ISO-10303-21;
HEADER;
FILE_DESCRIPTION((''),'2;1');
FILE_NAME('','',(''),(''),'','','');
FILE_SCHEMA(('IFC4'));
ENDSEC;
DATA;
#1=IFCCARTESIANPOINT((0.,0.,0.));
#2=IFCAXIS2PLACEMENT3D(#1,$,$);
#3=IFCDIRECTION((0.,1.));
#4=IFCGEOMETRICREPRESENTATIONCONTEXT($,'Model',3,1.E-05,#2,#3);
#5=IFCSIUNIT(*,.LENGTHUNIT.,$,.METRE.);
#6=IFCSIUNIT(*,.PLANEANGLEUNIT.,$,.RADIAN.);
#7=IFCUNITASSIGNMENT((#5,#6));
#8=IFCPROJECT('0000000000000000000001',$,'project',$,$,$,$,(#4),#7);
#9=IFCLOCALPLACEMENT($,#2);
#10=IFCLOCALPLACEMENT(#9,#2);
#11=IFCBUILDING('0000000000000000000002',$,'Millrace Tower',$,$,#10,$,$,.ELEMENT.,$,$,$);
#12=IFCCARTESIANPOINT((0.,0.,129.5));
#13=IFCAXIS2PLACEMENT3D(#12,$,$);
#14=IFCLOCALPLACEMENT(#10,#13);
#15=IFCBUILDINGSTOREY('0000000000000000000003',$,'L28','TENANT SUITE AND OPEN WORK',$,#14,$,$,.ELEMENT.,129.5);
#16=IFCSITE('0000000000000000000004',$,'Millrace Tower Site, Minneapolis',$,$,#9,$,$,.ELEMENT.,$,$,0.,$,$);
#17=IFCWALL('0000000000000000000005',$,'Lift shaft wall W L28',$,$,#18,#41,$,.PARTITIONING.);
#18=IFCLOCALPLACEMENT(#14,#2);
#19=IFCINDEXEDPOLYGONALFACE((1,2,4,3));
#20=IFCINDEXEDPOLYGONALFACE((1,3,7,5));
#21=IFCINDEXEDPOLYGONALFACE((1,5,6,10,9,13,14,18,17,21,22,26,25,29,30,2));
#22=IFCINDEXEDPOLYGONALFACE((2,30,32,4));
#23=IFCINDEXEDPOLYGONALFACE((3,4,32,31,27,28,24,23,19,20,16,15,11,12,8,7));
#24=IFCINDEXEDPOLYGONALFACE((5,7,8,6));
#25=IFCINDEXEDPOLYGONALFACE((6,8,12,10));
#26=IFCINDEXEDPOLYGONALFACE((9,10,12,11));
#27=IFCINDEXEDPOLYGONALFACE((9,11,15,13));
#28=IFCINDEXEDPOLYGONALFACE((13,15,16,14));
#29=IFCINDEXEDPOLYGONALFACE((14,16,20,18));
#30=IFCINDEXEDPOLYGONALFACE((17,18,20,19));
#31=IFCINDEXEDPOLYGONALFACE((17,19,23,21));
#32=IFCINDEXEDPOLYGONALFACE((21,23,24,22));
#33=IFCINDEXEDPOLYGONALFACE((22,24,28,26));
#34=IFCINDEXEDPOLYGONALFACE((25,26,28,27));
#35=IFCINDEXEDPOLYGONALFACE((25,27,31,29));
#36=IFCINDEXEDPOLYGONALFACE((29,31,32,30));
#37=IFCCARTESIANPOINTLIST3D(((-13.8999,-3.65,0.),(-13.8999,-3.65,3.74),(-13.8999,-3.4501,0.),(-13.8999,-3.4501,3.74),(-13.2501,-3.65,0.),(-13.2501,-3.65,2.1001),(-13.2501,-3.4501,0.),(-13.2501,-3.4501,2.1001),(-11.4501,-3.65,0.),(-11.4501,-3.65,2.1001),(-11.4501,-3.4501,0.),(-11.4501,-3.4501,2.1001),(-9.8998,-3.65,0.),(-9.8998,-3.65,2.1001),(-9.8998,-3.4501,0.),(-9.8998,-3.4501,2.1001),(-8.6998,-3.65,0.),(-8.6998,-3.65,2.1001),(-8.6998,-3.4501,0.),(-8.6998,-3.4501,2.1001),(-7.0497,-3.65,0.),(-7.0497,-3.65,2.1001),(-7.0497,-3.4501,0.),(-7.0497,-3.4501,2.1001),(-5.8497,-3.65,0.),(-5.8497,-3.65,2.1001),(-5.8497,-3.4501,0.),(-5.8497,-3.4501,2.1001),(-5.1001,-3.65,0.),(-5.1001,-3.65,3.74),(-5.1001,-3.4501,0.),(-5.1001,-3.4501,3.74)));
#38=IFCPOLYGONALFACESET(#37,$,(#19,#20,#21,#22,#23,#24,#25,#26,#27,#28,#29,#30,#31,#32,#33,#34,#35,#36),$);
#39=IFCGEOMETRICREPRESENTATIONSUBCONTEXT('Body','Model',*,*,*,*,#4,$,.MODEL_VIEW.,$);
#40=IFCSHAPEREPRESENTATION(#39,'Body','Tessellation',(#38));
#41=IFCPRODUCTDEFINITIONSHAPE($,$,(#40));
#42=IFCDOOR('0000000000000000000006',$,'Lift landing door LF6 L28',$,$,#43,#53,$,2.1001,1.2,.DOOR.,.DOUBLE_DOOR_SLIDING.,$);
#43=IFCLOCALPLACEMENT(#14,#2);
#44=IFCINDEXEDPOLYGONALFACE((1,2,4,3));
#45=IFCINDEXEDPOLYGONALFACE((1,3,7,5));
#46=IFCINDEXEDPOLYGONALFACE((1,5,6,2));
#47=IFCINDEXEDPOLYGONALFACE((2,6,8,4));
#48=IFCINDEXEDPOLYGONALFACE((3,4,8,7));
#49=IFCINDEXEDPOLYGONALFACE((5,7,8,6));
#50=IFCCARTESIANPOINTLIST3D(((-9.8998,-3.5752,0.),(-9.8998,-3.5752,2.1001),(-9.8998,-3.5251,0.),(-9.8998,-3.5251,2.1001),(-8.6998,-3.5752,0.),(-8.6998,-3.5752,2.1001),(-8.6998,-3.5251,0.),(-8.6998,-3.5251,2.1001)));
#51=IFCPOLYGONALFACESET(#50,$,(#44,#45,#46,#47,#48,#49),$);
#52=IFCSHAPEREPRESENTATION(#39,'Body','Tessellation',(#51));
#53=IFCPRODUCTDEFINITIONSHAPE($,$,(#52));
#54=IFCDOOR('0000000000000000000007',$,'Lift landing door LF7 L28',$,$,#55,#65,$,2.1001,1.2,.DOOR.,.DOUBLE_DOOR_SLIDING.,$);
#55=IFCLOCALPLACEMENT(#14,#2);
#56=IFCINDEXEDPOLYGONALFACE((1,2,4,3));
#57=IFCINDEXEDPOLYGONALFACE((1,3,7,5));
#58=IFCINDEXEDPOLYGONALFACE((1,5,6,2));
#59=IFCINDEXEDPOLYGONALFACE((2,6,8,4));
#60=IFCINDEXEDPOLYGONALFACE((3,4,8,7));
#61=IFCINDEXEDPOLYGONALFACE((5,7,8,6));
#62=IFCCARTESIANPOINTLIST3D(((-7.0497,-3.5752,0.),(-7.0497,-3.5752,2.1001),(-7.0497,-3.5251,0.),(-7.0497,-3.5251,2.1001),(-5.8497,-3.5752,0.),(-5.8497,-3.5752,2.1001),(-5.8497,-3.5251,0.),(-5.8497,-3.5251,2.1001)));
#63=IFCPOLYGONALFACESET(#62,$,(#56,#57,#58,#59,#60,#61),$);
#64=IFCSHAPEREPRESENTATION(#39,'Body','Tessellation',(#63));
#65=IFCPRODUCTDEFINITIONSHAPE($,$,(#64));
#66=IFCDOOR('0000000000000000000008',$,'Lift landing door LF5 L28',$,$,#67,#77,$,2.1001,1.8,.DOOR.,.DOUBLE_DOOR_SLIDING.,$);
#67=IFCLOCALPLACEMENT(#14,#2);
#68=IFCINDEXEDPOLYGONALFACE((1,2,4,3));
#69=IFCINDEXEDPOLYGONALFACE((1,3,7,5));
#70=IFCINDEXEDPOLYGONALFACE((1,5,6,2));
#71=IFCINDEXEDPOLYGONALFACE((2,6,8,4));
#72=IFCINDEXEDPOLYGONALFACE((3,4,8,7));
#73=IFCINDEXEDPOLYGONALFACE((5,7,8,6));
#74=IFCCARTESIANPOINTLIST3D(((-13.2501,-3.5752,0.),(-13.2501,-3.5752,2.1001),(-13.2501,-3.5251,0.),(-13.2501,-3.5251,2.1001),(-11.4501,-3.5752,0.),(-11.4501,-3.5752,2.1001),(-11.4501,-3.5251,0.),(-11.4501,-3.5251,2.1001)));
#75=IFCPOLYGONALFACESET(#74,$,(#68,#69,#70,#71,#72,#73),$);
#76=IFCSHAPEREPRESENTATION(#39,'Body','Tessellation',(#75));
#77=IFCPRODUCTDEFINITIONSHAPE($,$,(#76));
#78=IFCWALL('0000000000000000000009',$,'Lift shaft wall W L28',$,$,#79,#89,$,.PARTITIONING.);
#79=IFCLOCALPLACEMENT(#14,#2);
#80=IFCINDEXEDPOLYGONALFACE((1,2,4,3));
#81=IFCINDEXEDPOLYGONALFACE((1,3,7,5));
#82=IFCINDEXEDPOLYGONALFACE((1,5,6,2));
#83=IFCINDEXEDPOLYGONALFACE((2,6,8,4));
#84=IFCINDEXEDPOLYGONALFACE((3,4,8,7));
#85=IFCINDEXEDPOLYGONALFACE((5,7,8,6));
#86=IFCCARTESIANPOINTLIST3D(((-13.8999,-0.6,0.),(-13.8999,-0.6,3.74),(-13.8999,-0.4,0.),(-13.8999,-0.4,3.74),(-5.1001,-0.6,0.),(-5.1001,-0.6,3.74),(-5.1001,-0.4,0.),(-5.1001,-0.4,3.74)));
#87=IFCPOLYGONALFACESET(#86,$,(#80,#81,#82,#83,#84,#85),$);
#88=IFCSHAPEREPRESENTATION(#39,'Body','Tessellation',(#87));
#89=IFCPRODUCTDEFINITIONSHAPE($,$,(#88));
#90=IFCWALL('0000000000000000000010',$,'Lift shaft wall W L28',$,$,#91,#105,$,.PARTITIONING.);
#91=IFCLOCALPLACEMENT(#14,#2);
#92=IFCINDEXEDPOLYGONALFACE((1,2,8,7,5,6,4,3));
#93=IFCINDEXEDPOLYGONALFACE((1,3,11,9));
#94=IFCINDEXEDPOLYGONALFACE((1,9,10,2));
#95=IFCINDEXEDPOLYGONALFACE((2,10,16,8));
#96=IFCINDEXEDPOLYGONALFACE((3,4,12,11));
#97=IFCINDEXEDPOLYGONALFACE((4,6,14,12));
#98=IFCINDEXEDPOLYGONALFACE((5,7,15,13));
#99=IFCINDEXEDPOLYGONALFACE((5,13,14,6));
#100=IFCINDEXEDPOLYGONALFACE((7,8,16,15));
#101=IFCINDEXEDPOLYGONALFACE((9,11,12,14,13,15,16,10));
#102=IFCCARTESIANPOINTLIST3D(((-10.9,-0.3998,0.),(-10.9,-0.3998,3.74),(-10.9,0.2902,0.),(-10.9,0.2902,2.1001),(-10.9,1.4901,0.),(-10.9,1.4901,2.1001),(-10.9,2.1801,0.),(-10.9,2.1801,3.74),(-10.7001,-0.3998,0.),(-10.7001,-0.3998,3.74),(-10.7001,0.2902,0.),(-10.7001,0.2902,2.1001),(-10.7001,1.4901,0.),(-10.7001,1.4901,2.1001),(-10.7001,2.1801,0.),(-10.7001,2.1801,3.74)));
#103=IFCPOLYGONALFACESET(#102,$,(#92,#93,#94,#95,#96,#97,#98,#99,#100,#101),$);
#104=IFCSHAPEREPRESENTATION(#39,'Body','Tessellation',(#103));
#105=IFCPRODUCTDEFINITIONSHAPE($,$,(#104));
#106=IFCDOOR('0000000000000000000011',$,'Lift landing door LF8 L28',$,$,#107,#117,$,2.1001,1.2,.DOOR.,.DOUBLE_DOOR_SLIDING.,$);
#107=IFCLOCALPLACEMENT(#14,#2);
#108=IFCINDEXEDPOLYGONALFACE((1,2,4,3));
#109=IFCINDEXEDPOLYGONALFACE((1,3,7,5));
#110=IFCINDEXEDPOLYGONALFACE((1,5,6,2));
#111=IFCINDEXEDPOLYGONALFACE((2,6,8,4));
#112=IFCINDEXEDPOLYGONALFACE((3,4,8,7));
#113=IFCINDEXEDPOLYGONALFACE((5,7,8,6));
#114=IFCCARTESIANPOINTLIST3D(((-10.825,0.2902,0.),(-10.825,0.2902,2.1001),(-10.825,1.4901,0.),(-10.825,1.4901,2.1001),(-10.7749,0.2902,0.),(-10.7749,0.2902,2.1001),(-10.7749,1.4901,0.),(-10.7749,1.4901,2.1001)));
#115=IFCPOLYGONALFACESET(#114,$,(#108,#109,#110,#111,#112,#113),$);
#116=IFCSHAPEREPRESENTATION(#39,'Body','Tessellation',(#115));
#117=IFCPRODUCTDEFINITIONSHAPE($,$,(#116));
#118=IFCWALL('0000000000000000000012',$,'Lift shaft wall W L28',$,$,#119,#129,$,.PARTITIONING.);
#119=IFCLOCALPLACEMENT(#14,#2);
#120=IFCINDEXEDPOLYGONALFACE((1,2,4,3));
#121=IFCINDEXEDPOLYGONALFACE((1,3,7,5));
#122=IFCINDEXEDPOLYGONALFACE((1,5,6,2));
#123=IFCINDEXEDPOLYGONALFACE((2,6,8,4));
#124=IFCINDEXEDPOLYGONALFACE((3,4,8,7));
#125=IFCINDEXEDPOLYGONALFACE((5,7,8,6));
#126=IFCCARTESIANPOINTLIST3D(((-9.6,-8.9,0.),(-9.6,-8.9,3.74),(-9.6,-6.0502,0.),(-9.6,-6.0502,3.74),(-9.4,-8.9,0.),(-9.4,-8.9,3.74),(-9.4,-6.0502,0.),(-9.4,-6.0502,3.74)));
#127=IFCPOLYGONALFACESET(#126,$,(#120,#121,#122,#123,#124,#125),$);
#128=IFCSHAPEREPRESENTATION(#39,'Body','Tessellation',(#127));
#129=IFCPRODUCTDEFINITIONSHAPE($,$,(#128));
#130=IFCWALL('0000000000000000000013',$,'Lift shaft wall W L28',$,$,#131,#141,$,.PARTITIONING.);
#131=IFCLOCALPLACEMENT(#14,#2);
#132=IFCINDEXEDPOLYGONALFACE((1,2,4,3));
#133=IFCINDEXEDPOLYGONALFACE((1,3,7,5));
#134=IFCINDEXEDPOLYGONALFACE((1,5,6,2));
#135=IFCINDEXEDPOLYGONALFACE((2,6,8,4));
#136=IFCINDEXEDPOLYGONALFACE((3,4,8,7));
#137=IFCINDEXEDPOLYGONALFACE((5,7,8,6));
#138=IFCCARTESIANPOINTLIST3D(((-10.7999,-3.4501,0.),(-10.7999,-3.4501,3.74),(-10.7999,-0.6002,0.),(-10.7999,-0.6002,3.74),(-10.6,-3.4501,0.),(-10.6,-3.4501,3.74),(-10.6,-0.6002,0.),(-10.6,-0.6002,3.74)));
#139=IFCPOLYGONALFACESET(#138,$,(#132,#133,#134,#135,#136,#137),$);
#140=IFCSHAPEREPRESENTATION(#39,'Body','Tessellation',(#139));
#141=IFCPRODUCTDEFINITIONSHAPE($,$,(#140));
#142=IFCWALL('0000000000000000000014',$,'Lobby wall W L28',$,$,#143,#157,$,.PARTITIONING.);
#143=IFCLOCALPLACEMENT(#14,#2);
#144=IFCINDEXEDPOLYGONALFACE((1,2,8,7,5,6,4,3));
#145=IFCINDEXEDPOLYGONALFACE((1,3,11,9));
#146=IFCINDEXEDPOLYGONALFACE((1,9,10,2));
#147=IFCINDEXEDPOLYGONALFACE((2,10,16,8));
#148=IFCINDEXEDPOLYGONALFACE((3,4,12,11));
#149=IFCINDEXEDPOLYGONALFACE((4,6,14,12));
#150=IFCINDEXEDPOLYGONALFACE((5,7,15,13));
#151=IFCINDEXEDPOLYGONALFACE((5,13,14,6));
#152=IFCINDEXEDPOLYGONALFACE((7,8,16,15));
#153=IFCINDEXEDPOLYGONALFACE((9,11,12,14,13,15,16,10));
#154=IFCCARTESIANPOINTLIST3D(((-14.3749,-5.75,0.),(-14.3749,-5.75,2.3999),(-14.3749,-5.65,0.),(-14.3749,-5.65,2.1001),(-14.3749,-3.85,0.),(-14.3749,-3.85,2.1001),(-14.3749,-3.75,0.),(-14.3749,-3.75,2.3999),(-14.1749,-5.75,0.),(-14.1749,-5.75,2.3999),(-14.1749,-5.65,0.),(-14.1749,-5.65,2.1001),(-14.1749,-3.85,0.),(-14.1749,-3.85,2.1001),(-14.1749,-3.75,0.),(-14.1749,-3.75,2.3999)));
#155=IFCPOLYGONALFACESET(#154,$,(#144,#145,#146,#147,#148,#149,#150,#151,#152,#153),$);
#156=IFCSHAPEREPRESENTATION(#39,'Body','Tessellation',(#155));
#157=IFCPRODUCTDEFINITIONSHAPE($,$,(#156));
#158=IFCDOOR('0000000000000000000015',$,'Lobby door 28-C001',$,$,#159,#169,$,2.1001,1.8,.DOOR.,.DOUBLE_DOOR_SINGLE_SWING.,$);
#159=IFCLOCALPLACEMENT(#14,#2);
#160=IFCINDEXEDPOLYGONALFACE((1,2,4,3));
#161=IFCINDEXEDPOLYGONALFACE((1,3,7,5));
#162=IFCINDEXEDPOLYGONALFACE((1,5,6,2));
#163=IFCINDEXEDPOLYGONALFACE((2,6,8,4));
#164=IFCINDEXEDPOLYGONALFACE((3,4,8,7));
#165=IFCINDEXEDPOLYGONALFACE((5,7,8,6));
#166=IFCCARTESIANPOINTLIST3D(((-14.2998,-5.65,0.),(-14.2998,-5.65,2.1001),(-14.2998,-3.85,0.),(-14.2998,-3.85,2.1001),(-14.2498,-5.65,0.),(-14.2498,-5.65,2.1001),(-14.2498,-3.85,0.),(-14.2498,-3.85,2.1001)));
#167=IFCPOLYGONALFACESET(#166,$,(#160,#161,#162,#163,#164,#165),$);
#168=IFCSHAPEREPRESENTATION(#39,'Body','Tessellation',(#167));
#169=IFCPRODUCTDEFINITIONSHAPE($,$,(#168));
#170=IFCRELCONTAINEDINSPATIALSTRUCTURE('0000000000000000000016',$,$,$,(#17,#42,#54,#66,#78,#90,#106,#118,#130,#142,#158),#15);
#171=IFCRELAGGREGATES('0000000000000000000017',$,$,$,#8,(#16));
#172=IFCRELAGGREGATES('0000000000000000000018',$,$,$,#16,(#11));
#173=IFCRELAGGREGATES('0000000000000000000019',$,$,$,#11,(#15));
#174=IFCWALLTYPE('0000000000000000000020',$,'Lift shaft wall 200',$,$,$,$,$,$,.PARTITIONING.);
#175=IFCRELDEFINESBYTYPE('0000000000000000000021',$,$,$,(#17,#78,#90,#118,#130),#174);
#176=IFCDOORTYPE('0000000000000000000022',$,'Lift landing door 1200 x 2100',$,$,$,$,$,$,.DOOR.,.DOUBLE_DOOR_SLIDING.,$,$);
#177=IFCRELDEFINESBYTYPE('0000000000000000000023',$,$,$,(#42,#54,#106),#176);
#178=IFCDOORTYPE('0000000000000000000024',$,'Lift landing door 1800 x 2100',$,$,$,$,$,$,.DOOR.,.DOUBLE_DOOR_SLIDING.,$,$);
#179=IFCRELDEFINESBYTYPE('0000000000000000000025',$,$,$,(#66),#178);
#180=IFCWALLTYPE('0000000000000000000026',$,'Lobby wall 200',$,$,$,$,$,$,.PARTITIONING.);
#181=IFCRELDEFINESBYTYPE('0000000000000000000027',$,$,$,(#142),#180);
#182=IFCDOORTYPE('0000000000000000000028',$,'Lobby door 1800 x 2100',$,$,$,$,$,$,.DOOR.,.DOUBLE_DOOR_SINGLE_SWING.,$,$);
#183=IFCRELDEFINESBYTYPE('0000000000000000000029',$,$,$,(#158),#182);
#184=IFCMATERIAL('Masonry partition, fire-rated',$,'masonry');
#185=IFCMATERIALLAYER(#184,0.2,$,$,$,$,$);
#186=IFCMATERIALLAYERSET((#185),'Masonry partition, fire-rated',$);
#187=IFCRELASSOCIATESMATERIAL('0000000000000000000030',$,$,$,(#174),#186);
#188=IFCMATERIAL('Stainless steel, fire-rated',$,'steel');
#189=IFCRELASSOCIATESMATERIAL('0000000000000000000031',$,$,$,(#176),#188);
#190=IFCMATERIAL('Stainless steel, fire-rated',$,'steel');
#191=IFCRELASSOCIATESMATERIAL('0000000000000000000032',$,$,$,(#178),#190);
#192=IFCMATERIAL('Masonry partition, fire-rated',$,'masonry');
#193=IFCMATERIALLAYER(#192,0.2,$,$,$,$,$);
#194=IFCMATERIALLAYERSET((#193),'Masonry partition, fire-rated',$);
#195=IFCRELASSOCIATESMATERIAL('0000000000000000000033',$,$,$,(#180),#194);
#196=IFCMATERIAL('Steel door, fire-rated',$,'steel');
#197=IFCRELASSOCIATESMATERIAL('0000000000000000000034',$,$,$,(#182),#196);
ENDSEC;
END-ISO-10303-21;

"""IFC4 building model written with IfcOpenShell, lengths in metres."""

from ifc_helpers import new_model, si_unit, direction, frame, frame_2d, origin, place, context, subcontext, project, spatial, rectangle, extrude, material, layer, layer_set, type_object, element, fill, save


model = new_model("IFC4")

# Units and contexts
model_context = context("Model", 3, precision=1e-05, world=origin(), true_north=direction((0.0, 1.0)))
body_context = subcontext(model_context, "Body", "Model", "MODEL_VIEW")
ifc_project = project(units=[si_unit("LENGTHUNIT", "METRE"), si_unit("PLANEANGLEUNIT", "RADIAN")], contexts=[model_context])

# Site, building, storey
site_placement = place(None, origin())
site = spatial("IfcSite", under=ifc_project, at=site_placement, Name="Millrace Tower Site, Minneapolis", CompositionType="ELEMENT", RefElevation=0.0)
building_placement = place(site_placement, origin())
building = spatial("IfcBuilding", under=site, at=building_placement, Name="Millrace Tower", CompositionType="ELEMENT")
storey_placement = place(building_placement, frame((0.0, 0.0, 129.5)))
storey = spatial("IfcBuildingStorey", under=building, at=storey_placement, Name="L28", Description="TENANT SUITE AND OPEN WORK", CompositionType="ELEMENT", Elevation=129.5)

# Wall, openings, doors
ifc_material_1 = material(Name="Masonry partition, fire-rated", Category="masonry")
ifc_layer_1 = layer(ifc_material_1, 0.2)
ifc_layer_set_1 = layer_set([ifc_layer_1], Name="Masonry partition, fire-rated")
wall_type_1 = type_object("IfcWallType", Name="Lift shaft wall 200", PredefinedType="PARTITIONING", material=ifc_layer_set_1)
wall_1_placement = place(storey_placement, frame((-13.8999, -3.55, 0.0), z_axis=(0.0, 0.0, 1.0), x_axis=(1.0, 0.0, 0.0)))
wall_1 = element("IfcWall", 1, at=wall_1_placement, inside=storey, type_object=wall_type_1, Name="Lift shaft wall W L28", PredefinedType="PARTITIONING", context=body_context, shape_type="SweptSolid", body=[
    extrude(rectangle(XDim=8.7998, YDim=0.2, at=frame_2d((4.3999, 0.0))), origin(), (0.0, 0.0, 1.0), 3.74),
])
opening_1_placement = place(wall_1_placement, frame((0.6499, 0.0, 0.0)))
opening_1 = element("IfcOpeningElement", 2, at=opening_1_placement, cuts=wall_1, PredefinedType="OPENING", context=body_context, shape_type="SweptSolid", body=[
    extrude(rectangle(XDim=1.8, YDim=2.1001, at=frame_2d((0.8999, 1.05))), frame((0.0, 0.1099, 0.0), z_axis=(0.0, -1.0, 0.0), x_axis=(1.0, 0.0, 0.0)), (0.0, 0.0, 1.0), 0.22),
])
opening_2_placement = place(wall_1_placement, frame((4.0, 0.0, 0.0)))
opening_2 = element("IfcOpeningElement", 3, at=opening_2_placement, cuts=wall_1, PredefinedType="OPENING", context=body_context, shape_type="SweptSolid", body=[
    extrude(rectangle(XDim=1.2, YDim=2.1001, at=frame_2d((0.6001, 1.05))), frame((0.0, 0.1099, 0.0), z_axis=(0.0, -1.0, 0.0), x_axis=(1.0, 0.0, 0.0)), (0.0, 0.0, 1.0), 0.22),
])
opening_3_placement = place(wall_1_placement, frame((6.8501, 0.0, 0.0)))
opening_3 = element("IfcOpeningElement", 4, at=opening_3_placement, cuts=wall_1, PredefinedType="OPENING", context=body_context, shape_type="SweptSolid", body=[
    extrude(rectangle(XDim=1.2, YDim=2.1001, at=frame_2d((0.6001, 1.05))), frame((0.0, 0.1099, 0.0), z_axis=(0.0, -1.0, 0.0), x_axis=(1.0, 0.0, 0.0)), (0.0, 0.0, 1.0), 0.22),
])
ifc_material_2 = material(Name="Stainless steel, fire-rated", Category="steel")
door_type_1 = type_object("IfcDoorType", Name="Lift landing door 1200 x 2100", OperationType="DOUBLE_DOOR_SLIDING", PredefinedType="DOOR", material=ifc_material_2)
door_1_placement = place(opening_2_placement, origin())
door_1 = element("IfcDoor", 5, at=door_1_placement, inside=storey, type_object=door_type_1, Name="Lift landing door LF6 L28", OperationType="DOUBLE_DOOR_SLIDING", OverallHeight=2.1001, OverallWidth=1.2, PredefinedType="DOOR", context=body_context, shape_type="SweptSolid", body=[
    extrude(rectangle(XDim=1.2, YDim=2.1001, at=frame_2d((0.6001, 1.05))), frame((0.0, 0.0249, 0.0), z_axis=(0.0, -1.0, 0.0), x_axis=(1.0, 0.0, 0.0)), (0.0, 0.0, 1.0), 0.05),
])
fill(opening_2, door_1)
door_2_placement = place(opening_3_placement, origin())
door_2 = element("IfcDoor", 6, at=door_2_placement, inside=storey, type_object=door_type_1, Name="Lift landing door LF7 L28", OperationType="DOUBLE_DOOR_SLIDING", OverallHeight=2.1001, OverallWidth=1.2, PredefinedType="DOOR", context=body_context, shape_type="SweptSolid", body=[
    extrude(rectangle(XDim=1.2, YDim=2.1001, at=frame_2d((0.6001, 1.05))), frame((0.0, 0.0249, 0.0), z_axis=(0.0, -1.0, 0.0), x_axis=(1.0, 0.0, 0.0)), (0.0, 0.0, 1.0), 0.05),
])
fill(opening_3, door_2)
ifc_material_3 = material(Name="Stainless steel, fire-rated", Category="steel")
door_type_2 = type_object("IfcDoorType", Name="Lift landing door 1800 x 2100", OperationType="DOUBLE_DOOR_SLIDING", PredefinedType="DOOR", material=ifc_material_3)
door_3_placement = place(opening_1_placement, origin())
door_3 = element("IfcDoor", 7, at=door_3_placement, inside=storey, type_object=door_type_2, Name="Lift landing door LF5 L28", OperationType="DOUBLE_DOOR_SLIDING", OverallHeight=2.1001, OverallWidth=1.8, PredefinedType="DOOR", context=body_context, shape_type="SweptSolid", body=[
    extrude(rectangle(XDim=1.8, YDim=2.1001, at=frame_2d((0.8999, 1.05))), frame((0.0, 0.0249, 0.0), z_axis=(0.0, -1.0, 0.0), x_axis=(1.0, 0.0, 0.0)), (0.0, 0.0, 1.0), 0.05),
])
fill(opening_1, door_3)

# Wall
wall_2_placement = place(storey_placement, frame((-13.8999, -0.5, 0.0), z_axis=(0.0, 0.0, 1.0), x_axis=(1.0, 0.0, 0.0)))
element("IfcWall", 8, at=wall_2_placement, inside=storey, type_object=wall_type_1, Name="Lift shaft wall W L28", PredefinedType="PARTITIONING", context=body_context, shape_type="SweptSolid", body=[
    extrude(rectangle(XDim=8.7998, YDim=0.2, at=frame_2d((4.3999, 0.0))), origin(), (0.0, 0.0, 1.0), 3.74),
])

# Wall, opening, door
wall_3_placement = place(storey_placement, frame((-10.8, -0.3999, 0.0), z_axis=(0.0, 0.0, 1.0), x_axis=(0.0, 1.0, 0.0)))
wall_3 = element("IfcWall", 9, at=wall_3_placement, inside=storey, type_object=wall_type_1, Name="Lift shaft wall W L28", PredefinedType="PARTITIONING", context=body_context, shape_type="SweptSolid", body=[
    extrude(rectangle(XDim=2.5798, YDim=0.2, at=frame_2d((1.29, 0.0))), origin(), (0.0, 0.0, 1.0), 3.74),
])
opening_4_placement = place(wall_3_placement, frame((0.6899, 0.0, 0.0)))
opening_4 = element("IfcOpeningElement", 10, at=opening_4_placement, cuts=wall_3, PredefinedType="OPENING", context=body_context, shape_type="SweptSolid", body=[
    extrude(rectangle(XDim=1.2, YDim=2.1001, at=frame_2d((0.6001, 1.05))), frame((0.0, 0.1099, 0.0), z_axis=(0.0, -1.0, 0.0), x_axis=(1.0, 0.0, 0.0)), (0.0, 0.0, 1.0), 0.22),
])
door_4_placement = place(opening_4_placement, origin())
door_4 = element("IfcDoor", 11, at=door_4_placement, inside=storey, type_object=door_type_1, Name="Lift landing door LF8 L28", OperationType="DOUBLE_DOOR_SLIDING", OverallHeight=2.1001, OverallWidth=1.2, PredefinedType="DOOR", context=body_context, shape_type="SweptSolid", body=[
    extrude(rectangle(XDim=1.2, YDim=2.1001, at=frame_2d((0.6001, 1.05))), frame((0.0, 0.0249, 0.0), z_axis=(0.0, -1.0, 0.0), x_axis=(1.0, 0.0, 0.0)), (0.0, 0.0, 1.0), 0.05),
])
fill(opening_4, door_4)

# Walls
for number, where, z_axis, x_axis, name in (
    (12, (-9.5, -8.8999, 0.0), (0.0, 0.0, 1.0), (0.0, 1.0, 0.0), "Lift shaft wall W L28"),
    (13, (-10.7, -3.45, 0.0), (0.0, 0.0, 1.0), (0.0, 1.0, 0.0), "Lift shaft wall W L28"),
):
    element("IfcWall", number, at=place(storey_placement, frame(where, z_axis=z_axis, x_axis=x_axis)), inside=storey, type_object=wall_type_1, Name=name, PredefinedType="PARTITIONING", context=body_context, shape_type="SweptSolid", body=[
        extrude(rectangle(XDim=2.8499, YDim=0.2, at=frame_2d((1.4248, 0.0))), origin(), (0.0, 0.0, 1.0), 3.74),
    ])

# Wall, opening, door
ifc_material_4 = material(Name="Masonry partition, fire-rated", Category="masonry")
ifc_layer_2 = layer(ifc_material_4, 0.2)
ifc_layer_set_2 = layer_set([ifc_layer_2], Name="Masonry partition, fire-rated")
wall_type_2 = type_object("IfcWallType", Name="Lobby wall 200", PredefinedType="PARTITIONING", material=ifc_layer_set_2)
wall_4_placement = place(storey_placement, frame((-14.2749, -5.75, 0.0), z_axis=(0.0, 0.0, 1.0), x_axis=(0.0, 1.0, 0.0)))
wall_4 = element("IfcWall", 14, at=wall_4_placement, inside=storey, type_object=wall_type_2, Name="Lobby wall W L28", PredefinedType="PARTITIONING", context=body_context, shape_type="SweptSolid", body=[
    extrude(rectangle(XDim=2.0, YDim=0.2, at=frame_2d((1.0, 0.0))), origin(), (0.0, 0.0, 1.0), 2.3999),
])
opening_5_placement = place(wall_4_placement, frame((0.1001, 0.0, 0.0)))
opening_5 = element("IfcOpeningElement", 15, at=opening_5_placement, cuts=wall_4, PredefinedType="OPENING", context=body_context, shape_type="SweptSolid", body=[
    extrude(rectangle(XDim=1.8, YDim=2.1001, at=frame_2d((0.8999, 1.05))), frame((0.0, 0.1099, 0.0), z_axis=(0.0, -1.0, 0.0), x_axis=(1.0, 0.0, 0.0)), (0.0, 0.0, 1.0), 0.22),
])
ifc_material_5 = material(Name="Steel door, fire-rated", Category="steel")
door_type_3 = type_object("IfcDoorType", Name="Lobby door 1800 x 2100", OperationType="DOUBLE_DOOR_SINGLE_SWING", PredefinedType="DOOR", material=ifc_material_5)
door_5_placement = place(opening_5_placement, origin())
door_5 = element("IfcDoor", 16, at=door_5_placement, inside=storey, type_object=door_type_3, Name="Lobby door 28-C001", OperationType="DOUBLE_DOOR_SINGLE_SWING", OverallHeight=2.1001, OverallWidth=1.8, PredefinedType="DOOR", context=body_context, shape_type="SweptSolid", body=[
    extrude(rectangle(XDim=1.8, YDim=2.1001, at=frame_2d((0.8999, 1.05))), frame((0.0, 0.0249, 0.0), z_axis=(0.0, -1.0, 0.0), x_axis=(1.0, 0.0, 0.0)), (0.0, 0.0, 1.0), 0.05),
])
fill(opening_5, door_5)

save(model, "model.ifc")
